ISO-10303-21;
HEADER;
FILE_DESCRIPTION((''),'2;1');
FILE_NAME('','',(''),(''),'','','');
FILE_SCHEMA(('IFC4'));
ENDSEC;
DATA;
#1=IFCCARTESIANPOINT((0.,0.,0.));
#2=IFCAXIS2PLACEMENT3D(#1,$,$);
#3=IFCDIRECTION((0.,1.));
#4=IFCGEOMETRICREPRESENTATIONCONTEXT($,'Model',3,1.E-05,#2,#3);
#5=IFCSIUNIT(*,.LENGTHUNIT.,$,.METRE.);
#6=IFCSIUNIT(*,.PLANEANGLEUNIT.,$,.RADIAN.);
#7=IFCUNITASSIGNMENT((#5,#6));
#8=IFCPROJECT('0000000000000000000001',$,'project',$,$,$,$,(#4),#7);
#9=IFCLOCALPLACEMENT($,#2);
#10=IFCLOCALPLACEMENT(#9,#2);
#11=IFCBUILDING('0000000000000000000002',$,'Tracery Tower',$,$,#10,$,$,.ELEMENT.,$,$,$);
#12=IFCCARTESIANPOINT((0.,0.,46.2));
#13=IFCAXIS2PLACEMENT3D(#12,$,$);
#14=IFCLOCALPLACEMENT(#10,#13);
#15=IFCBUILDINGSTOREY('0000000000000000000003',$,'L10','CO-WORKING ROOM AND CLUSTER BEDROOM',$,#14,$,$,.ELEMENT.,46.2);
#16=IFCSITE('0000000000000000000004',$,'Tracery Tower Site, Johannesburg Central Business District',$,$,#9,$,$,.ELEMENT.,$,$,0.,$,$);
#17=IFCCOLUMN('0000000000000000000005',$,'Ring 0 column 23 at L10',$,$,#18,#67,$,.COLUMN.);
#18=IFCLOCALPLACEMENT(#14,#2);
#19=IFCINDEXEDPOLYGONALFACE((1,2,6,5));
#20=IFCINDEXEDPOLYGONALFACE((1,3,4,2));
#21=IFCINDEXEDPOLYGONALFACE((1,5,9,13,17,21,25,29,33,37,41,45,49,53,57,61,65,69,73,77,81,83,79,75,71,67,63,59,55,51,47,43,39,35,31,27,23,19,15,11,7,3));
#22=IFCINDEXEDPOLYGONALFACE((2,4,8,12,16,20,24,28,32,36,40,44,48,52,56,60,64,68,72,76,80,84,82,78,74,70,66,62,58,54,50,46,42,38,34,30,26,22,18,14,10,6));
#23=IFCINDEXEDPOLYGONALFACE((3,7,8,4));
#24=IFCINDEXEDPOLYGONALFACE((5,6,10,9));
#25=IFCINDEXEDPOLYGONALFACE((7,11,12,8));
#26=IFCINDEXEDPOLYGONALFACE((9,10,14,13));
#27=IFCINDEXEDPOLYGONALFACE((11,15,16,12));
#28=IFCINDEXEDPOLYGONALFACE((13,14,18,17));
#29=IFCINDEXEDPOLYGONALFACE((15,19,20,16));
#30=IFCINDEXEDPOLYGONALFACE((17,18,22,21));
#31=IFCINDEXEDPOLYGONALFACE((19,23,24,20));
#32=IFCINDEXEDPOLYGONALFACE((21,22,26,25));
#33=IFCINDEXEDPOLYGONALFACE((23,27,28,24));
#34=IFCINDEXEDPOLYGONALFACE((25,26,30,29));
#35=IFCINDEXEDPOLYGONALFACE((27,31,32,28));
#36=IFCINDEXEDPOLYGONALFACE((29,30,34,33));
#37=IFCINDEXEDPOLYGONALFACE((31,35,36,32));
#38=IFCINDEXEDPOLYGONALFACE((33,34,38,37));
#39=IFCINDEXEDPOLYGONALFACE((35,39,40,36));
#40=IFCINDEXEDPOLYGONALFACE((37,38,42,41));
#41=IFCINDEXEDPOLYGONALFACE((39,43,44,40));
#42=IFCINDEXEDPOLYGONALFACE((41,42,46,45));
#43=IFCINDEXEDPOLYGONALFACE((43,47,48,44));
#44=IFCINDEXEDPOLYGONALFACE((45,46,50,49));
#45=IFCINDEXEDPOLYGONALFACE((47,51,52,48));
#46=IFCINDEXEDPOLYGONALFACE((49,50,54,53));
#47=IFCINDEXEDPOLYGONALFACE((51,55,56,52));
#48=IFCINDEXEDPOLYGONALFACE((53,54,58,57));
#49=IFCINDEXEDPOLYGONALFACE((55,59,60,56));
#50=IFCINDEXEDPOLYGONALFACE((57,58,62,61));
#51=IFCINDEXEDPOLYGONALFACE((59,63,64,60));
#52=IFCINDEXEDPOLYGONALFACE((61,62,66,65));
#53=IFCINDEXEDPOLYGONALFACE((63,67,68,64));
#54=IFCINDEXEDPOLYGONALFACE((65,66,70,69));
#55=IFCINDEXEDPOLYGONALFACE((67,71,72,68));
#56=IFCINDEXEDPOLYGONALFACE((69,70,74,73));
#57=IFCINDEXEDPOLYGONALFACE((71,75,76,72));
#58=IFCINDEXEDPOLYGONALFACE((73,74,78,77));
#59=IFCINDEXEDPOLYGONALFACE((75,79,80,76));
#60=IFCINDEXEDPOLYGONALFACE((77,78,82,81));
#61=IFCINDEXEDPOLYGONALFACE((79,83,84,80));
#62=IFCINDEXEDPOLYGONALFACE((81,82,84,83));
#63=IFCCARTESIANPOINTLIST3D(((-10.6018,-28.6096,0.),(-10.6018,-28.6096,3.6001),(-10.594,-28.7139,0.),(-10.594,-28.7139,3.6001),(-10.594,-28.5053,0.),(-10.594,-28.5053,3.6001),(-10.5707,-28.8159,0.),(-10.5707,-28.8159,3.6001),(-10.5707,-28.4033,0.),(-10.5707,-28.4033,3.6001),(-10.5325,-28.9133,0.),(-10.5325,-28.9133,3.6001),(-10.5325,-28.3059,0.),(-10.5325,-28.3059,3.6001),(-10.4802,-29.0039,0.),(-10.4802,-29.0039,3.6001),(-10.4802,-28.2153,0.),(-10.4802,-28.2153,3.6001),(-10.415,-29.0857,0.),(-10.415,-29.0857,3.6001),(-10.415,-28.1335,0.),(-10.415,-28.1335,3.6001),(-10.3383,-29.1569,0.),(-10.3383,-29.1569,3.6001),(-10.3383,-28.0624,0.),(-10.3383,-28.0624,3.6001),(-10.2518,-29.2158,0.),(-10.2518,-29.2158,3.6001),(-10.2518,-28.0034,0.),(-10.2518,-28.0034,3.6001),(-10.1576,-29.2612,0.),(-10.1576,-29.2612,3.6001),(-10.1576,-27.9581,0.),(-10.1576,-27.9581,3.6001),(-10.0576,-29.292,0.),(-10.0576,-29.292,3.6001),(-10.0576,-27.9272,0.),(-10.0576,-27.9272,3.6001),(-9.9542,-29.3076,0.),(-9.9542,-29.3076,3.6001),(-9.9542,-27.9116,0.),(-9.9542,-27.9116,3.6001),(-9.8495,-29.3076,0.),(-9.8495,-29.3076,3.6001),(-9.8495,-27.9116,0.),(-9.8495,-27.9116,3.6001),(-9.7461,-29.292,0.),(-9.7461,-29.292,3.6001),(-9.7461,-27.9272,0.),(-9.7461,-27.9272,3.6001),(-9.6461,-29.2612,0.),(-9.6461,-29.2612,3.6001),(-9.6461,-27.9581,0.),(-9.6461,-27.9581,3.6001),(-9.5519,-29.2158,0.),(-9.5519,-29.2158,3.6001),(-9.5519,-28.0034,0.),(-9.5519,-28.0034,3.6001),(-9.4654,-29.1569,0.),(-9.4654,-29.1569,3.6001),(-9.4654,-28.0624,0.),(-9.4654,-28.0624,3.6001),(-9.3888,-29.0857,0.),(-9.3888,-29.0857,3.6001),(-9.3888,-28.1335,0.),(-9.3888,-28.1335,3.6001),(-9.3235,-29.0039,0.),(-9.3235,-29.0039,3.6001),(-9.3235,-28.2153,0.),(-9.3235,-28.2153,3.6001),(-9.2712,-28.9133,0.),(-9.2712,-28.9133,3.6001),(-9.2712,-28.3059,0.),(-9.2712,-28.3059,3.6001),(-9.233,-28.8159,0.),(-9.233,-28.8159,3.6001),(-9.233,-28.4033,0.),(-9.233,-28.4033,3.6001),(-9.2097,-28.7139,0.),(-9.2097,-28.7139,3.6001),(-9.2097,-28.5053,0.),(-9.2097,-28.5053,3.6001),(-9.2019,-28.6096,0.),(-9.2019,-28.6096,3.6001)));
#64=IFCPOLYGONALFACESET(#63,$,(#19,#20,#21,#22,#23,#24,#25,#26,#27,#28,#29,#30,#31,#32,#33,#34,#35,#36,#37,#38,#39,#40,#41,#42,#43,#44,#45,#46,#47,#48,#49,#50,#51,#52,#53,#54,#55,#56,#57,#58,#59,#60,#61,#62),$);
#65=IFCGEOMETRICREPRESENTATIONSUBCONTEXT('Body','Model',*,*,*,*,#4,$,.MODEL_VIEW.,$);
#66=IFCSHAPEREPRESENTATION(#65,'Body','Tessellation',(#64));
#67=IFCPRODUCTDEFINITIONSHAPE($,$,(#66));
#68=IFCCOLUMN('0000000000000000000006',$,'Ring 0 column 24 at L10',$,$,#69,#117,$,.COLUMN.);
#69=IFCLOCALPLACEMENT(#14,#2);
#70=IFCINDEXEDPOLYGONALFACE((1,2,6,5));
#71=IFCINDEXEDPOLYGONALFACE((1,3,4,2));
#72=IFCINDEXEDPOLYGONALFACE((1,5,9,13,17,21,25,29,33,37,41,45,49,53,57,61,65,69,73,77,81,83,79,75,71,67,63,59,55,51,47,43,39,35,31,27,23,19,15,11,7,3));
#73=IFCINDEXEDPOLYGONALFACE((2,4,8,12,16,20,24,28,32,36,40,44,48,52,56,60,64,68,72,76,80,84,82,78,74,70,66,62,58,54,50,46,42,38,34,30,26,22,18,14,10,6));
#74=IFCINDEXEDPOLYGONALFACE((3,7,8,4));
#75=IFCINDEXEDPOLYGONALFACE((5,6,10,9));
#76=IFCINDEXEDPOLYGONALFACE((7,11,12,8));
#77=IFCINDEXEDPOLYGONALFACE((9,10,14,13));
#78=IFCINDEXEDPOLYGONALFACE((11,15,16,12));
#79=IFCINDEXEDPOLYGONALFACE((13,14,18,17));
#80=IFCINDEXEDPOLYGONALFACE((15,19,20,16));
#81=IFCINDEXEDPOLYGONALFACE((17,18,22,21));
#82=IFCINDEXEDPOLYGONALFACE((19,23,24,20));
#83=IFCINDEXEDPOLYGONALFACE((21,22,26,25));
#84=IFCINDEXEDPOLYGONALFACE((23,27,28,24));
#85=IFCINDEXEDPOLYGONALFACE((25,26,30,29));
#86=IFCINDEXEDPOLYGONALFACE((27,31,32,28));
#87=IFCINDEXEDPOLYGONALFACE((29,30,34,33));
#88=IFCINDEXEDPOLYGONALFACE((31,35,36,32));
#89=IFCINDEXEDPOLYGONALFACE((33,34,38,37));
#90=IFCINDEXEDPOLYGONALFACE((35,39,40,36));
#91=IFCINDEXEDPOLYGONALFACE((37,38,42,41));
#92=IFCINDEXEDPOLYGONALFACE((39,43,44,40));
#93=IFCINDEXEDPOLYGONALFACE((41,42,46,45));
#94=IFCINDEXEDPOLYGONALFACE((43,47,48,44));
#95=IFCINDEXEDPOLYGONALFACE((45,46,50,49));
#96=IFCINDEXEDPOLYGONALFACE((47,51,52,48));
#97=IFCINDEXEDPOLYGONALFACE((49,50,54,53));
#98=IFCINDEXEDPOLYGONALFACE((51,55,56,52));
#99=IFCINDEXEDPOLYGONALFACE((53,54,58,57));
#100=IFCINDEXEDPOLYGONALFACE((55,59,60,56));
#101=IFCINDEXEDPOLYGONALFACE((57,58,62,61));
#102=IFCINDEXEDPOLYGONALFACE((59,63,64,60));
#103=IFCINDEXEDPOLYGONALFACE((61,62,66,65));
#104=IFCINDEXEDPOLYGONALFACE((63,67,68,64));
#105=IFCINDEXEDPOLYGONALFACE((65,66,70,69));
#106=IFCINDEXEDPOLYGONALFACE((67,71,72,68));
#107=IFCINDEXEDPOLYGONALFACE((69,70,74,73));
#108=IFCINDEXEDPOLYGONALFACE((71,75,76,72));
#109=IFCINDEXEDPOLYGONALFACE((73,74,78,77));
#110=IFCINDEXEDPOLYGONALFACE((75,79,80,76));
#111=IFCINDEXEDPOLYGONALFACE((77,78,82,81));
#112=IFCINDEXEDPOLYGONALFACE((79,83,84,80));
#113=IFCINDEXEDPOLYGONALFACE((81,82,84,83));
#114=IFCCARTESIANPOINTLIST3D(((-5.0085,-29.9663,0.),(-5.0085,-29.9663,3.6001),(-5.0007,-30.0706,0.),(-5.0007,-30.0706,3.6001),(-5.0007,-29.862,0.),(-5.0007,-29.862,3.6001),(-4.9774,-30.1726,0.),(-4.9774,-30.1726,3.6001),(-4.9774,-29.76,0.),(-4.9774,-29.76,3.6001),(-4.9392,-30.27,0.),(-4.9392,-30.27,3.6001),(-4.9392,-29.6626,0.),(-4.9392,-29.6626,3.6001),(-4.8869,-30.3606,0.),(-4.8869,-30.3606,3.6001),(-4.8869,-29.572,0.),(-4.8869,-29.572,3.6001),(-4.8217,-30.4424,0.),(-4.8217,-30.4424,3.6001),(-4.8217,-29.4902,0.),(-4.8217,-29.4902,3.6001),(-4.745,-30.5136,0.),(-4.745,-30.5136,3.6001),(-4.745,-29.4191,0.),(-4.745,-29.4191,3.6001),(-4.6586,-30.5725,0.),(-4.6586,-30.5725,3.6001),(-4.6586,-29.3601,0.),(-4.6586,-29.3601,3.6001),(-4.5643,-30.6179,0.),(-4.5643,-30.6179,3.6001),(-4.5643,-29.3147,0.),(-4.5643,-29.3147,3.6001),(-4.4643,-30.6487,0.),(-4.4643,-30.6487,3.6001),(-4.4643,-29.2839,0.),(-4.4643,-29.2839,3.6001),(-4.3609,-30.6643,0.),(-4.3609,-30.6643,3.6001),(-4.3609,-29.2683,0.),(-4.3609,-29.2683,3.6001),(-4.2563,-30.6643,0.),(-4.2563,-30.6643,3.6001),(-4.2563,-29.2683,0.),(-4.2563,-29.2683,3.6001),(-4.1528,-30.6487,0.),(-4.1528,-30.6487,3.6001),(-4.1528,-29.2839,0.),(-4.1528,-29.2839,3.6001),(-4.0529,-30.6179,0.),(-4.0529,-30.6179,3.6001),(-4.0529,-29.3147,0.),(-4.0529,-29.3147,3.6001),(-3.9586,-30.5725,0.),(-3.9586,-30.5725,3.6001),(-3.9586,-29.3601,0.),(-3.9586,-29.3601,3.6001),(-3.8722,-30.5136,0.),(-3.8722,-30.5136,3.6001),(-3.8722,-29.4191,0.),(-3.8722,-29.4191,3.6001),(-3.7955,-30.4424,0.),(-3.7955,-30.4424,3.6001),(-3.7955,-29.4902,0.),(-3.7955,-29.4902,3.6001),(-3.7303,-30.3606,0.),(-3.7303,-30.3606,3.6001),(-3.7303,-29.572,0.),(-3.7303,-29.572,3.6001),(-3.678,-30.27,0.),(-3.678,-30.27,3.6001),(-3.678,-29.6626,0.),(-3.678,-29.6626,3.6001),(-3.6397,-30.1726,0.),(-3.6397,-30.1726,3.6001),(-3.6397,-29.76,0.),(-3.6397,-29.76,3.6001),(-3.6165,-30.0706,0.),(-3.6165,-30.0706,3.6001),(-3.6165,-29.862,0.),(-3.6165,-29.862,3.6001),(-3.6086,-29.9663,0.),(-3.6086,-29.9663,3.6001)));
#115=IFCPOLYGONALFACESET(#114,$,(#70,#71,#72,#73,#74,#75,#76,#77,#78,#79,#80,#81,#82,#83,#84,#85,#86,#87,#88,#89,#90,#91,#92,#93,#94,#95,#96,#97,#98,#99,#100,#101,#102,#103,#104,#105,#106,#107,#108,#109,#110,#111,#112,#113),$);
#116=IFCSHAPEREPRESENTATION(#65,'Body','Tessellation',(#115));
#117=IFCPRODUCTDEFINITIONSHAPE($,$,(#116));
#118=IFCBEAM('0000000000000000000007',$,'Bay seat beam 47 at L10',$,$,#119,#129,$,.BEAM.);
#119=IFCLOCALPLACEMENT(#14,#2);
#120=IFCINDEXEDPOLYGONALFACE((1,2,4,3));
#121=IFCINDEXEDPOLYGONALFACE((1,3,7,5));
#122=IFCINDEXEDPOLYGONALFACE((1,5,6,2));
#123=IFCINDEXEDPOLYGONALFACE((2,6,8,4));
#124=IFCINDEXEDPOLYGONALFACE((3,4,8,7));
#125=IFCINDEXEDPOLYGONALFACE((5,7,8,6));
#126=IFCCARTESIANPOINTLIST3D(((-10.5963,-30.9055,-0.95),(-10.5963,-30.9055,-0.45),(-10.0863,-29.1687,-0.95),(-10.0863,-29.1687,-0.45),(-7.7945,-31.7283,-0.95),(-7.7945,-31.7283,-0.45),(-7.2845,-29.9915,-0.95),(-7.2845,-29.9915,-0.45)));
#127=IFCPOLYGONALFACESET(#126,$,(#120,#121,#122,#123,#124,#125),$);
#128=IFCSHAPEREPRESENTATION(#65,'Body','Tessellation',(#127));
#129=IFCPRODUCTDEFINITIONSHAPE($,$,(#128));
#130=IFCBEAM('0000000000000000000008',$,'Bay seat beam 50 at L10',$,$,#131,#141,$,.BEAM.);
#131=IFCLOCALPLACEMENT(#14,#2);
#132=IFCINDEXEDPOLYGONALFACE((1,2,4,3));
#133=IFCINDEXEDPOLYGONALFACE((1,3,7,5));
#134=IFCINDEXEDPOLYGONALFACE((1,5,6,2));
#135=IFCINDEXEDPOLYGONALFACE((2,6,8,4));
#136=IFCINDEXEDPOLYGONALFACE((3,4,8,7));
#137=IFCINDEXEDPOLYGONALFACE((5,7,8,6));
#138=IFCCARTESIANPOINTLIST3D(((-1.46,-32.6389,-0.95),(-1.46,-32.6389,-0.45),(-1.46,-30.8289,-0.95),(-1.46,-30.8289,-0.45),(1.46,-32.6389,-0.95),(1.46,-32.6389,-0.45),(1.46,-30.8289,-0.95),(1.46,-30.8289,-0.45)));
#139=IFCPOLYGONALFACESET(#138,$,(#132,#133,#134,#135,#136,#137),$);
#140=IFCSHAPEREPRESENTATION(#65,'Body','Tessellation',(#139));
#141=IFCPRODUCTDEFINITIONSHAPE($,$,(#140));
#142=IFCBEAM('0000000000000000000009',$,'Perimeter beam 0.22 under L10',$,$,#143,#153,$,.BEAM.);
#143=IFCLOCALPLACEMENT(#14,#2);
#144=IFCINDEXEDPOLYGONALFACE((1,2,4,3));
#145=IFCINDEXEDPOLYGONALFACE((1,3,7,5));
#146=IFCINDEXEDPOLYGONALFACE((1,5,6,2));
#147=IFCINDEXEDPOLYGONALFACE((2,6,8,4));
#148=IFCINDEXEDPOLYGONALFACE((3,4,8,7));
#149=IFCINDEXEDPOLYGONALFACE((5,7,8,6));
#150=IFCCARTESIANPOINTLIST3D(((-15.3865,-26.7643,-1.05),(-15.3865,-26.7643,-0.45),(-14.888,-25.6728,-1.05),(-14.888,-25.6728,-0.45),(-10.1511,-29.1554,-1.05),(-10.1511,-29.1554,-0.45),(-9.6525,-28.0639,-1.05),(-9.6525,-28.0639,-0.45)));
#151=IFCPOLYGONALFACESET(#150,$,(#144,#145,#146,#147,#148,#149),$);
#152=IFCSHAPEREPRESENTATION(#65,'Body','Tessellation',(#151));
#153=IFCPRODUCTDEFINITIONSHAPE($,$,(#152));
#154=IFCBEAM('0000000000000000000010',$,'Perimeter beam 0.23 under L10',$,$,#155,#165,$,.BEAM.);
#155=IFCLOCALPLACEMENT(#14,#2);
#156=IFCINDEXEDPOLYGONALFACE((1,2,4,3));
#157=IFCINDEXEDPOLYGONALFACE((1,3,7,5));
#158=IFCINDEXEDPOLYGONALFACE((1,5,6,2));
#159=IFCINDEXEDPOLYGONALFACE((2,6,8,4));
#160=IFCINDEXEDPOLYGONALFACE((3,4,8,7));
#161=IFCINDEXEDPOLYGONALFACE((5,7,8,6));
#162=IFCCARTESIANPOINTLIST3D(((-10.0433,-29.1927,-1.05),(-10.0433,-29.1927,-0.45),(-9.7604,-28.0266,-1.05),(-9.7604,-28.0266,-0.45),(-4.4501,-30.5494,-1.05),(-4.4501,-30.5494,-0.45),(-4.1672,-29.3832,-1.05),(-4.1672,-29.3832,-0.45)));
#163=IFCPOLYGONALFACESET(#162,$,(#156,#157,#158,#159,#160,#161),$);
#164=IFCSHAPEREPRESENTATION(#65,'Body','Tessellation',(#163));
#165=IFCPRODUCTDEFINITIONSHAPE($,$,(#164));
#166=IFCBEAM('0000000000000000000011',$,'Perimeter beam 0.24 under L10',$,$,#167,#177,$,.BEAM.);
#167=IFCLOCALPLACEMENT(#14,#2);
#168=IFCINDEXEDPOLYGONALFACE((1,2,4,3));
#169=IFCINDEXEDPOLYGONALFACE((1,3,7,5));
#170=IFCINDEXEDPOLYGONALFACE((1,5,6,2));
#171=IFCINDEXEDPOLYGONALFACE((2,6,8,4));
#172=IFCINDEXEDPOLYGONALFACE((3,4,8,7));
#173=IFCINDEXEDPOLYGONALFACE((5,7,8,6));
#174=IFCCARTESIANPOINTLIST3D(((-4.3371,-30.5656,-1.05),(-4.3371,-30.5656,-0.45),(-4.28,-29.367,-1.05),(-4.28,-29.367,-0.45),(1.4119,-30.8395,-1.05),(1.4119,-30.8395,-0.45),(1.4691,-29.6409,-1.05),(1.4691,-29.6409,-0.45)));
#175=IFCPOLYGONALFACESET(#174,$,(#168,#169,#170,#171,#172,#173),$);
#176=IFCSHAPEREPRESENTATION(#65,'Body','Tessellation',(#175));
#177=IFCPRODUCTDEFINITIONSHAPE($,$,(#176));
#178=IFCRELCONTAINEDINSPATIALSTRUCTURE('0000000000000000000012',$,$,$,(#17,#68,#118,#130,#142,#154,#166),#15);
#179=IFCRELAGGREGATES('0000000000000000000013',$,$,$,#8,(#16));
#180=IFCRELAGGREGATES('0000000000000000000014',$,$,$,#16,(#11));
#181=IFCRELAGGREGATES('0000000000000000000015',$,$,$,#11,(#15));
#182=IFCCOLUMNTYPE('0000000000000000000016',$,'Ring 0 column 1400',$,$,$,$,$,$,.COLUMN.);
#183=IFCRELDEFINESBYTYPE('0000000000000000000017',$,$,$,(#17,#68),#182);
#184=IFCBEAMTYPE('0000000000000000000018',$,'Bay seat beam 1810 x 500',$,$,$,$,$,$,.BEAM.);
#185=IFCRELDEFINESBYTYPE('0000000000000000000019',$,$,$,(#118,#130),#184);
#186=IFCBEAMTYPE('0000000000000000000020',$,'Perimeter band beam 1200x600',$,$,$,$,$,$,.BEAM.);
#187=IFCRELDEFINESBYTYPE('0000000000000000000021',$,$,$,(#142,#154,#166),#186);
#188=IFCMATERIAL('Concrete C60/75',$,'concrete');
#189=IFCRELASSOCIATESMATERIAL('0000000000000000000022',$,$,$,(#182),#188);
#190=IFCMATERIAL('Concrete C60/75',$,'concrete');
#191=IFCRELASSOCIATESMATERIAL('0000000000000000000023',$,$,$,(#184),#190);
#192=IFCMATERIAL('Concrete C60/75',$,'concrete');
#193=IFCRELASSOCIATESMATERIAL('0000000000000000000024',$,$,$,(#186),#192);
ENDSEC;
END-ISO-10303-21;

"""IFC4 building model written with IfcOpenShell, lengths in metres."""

from ifc_helpers import new_model, si_unit, direction, frame, origin, origin_2d, place, context, subcontext, project, spatial, rectangle, circle, extrude, material, material_profile, profile_set, type_object, element, save


model = new_model("IFC4")

# Units and contexts
model_context = context("Model", 3, precision=1e-05, world=origin(), true_north=direction((0.0, 1.0)))
body_context = subcontext(model_context, "Body", "Model", "MODEL_VIEW")
ifc_project = project(units=[si_unit("LENGTHUNIT", "METRE"), si_unit("PLANEANGLEUNIT", "RADIAN")], contexts=[model_context])

# Site, building, storey
site_placement = place(None, origin())
site = spatial("IfcSite", under=ifc_project, at=site_placement, Name="Tracery Tower Site, Johannesburg Central Business District", CompositionType="ELEMENT", RefElevation=0.0)
building_placement = place(site_placement, origin())
building = spatial("IfcBuilding", under=site, at=building_placement, Name="Tracery Tower", CompositionType="ELEMENT")
storey_placement = place(building_placement, frame((0.0, 0.0, 46.2)))
storey = spatial("IfcBuildingStorey", under=building, at=storey_placement, Name="L10", Description="CO-WORKING ROOM AND CLUSTER BEDROOM", CompositionType="ELEMENT", Elevation=46.2)

# Columns
ifc_material_1 = material(Name="Concrete C60/75", Category="concrete")
ifc_material_profile_1 = material_profile(ifc_material_1, circle(Radius=0.7, at=origin_2d()), Name="RC D1400")
ifc_profile_set_1 = profile_set([ifc_material_profile_1], Name="Concrete C60/75")
column_type = type_object("IfcColumnType", Name="Ring 0 column 1400", PredefinedType="COLUMN", material=ifc_profile_set_1)
for number, where, z_axis, x_axis, name in (
    (1, (-9.9019, -28.6096, 0.0), (0.0, 0.0, 1.0), (1.0, 0.0, 0.0), "Ring 0 column 23 at L10"),
    (2, (-4.3086, -29.9663, 0.0), (0.0, 0.0, 1.0), (1.0, 0.0, 0.0), "Ring 0 column 24 at L10"),
):
    element("IfcColumn", number, at=place(storey_placement, frame(where, z_axis=z_axis, x_axis=x_axis)), inside=storey, type_object=column_type, Name=name, PredefinedType="COLUMN", context=body_context, shape_type="SweptSolid", body=[
        extrude(circle(Radius=0.7, at=origin_2d()), origin(), (0.0, 0.0, 1.0), 3.6001),
    ])

# Beams
ifc_material_2 = material(Name="Concrete C60/75", Category="concrete")
ifc_material_profile_2 = material_profile(ifc_material_2, rectangle(XDim=1.8101, YDim=0.5, at=origin_2d()), Name="RC 1810x500")
ifc_profile_set_2 = profile_set([ifc_material_profile_2], Name="Concrete C60/75")
beam_type_1 = type_object("IfcBeamType", Name="Bay seat beam 1810 x 500", PredefinedType="BEAM", material=ifc_profile_set_2)
beam_1_placement = place(storey_placement, frame((-10.3413, -30.0371, -0.7), z_axis=(0.959485, -0.281759, 0.0), x_axis=(0.281759, 0.959485, 0.0)))
element("IfcBeam", 3, at=beam_1_placement, inside=storey, type_object=beam_type_1, Name="Bay seat beam 47 at L10", PredefinedType="BEAM", context=body_context, shape_type="SweptSolid", body=[
    extrude(rectangle(XDim=1.8101, YDim=0.5, at=origin_2d()), origin(), (0.0, 0.0, 1.0), 2.9202),
])
beam_2_placement = place(storey_placement, frame((-1.46, -31.7339, -0.7), z_axis=(1.0, 0.0, 0.0), x_axis=(0.0, 1.0, 0.0)))
element("IfcBeam", 4, at=beam_2_placement, inside=storey, type_object=beam_type_1, Name="Bay seat beam 50 at L10", PredefinedType="BEAM", context=body_context, shape_type="SweptSolid", body=[
    extrude(rectangle(XDim=1.8101, YDim=0.5, at=origin_2d()), origin(), (0.0, 0.0, 1.0), 2.9199),
])
ifc_material_3 = material(Name="Concrete C60/75", Category="concrete")
ifc_material_profile_3 = material_profile(ifc_material_3, rectangle(XDim=1.2, YDim=0.6001, at=origin_2d()), Name="RC 1200x600")
ifc_profile_set_3 = profile_set([ifc_material_profile_3], Name="Concrete C60/75")
beam_type_2 = type_object("IfcBeamType", Name="Perimeter band beam 1200x600", PredefinedType="BEAM", material=ifc_profile_set_3)
beam_3_placement = place(storey_placement, frame((-15.1372, -26.2185, -0.75), z_axis=(0.909618, -0.415445, 0.0), x_axis=(0.415445, 0.909618, 0.0)))
element("IfcBeam", 5, at=beam_3_placement, inside=storey, type_object=beam_type_2, Name="Perimeter beam 0.22 under L10", PredefinedType="BEAM", context=body_context, shape_type="SweptSolid", body=[
    extrude(rectangle(XDim=1.2, YDim=0.6001, at=origin_2d()), origin(), (0.0, 0.0, 1.0), 5.7556),
])
beam_4_placement = place(storey_placement, frame((-9.9019, -28.6096, -0.75), z_axis=(0.97182, -0.235723, 0.0), x_axis=(0.235723, 0.97182, 0.0)))
element("IfcBeam", 6, at=beam_4_placement, inside=storey, type_object=beam_type_2, Name="Perimeter beam 0.23 under L10", PredefinedType="BEAM", context=body_context, shape_type="SweptSolid", body=[
    extrude(rectangle(XDim=1.2, YDim=0.6001, at=origin_2d()), origin(), (0.0, 0.0, 1.0), 5.7554),
])
beam_5_placement = place(storey_placement, frame((-4.3086, -29.9663, -0.75), z_axis=(0.998867, -0.047593, 0.0), x_axis=(0.047593, 0.998867, 0.0)))
element("IfcBeam", 7, at=beam_5_placement, inside=storey, type_object=beam_type_2, Name="Perimeter beam 0.24 under L10", PredefinedType="BEAM", context=body_context, shape_type="SweptSolid", body=[
    extrude(rectangle(XDim=1.2, YDim=0.6001, at=origin_2d()), origin(), (0.0, 0.0, 1.0), 5.7556),
])

save(model, "model.ifc")
